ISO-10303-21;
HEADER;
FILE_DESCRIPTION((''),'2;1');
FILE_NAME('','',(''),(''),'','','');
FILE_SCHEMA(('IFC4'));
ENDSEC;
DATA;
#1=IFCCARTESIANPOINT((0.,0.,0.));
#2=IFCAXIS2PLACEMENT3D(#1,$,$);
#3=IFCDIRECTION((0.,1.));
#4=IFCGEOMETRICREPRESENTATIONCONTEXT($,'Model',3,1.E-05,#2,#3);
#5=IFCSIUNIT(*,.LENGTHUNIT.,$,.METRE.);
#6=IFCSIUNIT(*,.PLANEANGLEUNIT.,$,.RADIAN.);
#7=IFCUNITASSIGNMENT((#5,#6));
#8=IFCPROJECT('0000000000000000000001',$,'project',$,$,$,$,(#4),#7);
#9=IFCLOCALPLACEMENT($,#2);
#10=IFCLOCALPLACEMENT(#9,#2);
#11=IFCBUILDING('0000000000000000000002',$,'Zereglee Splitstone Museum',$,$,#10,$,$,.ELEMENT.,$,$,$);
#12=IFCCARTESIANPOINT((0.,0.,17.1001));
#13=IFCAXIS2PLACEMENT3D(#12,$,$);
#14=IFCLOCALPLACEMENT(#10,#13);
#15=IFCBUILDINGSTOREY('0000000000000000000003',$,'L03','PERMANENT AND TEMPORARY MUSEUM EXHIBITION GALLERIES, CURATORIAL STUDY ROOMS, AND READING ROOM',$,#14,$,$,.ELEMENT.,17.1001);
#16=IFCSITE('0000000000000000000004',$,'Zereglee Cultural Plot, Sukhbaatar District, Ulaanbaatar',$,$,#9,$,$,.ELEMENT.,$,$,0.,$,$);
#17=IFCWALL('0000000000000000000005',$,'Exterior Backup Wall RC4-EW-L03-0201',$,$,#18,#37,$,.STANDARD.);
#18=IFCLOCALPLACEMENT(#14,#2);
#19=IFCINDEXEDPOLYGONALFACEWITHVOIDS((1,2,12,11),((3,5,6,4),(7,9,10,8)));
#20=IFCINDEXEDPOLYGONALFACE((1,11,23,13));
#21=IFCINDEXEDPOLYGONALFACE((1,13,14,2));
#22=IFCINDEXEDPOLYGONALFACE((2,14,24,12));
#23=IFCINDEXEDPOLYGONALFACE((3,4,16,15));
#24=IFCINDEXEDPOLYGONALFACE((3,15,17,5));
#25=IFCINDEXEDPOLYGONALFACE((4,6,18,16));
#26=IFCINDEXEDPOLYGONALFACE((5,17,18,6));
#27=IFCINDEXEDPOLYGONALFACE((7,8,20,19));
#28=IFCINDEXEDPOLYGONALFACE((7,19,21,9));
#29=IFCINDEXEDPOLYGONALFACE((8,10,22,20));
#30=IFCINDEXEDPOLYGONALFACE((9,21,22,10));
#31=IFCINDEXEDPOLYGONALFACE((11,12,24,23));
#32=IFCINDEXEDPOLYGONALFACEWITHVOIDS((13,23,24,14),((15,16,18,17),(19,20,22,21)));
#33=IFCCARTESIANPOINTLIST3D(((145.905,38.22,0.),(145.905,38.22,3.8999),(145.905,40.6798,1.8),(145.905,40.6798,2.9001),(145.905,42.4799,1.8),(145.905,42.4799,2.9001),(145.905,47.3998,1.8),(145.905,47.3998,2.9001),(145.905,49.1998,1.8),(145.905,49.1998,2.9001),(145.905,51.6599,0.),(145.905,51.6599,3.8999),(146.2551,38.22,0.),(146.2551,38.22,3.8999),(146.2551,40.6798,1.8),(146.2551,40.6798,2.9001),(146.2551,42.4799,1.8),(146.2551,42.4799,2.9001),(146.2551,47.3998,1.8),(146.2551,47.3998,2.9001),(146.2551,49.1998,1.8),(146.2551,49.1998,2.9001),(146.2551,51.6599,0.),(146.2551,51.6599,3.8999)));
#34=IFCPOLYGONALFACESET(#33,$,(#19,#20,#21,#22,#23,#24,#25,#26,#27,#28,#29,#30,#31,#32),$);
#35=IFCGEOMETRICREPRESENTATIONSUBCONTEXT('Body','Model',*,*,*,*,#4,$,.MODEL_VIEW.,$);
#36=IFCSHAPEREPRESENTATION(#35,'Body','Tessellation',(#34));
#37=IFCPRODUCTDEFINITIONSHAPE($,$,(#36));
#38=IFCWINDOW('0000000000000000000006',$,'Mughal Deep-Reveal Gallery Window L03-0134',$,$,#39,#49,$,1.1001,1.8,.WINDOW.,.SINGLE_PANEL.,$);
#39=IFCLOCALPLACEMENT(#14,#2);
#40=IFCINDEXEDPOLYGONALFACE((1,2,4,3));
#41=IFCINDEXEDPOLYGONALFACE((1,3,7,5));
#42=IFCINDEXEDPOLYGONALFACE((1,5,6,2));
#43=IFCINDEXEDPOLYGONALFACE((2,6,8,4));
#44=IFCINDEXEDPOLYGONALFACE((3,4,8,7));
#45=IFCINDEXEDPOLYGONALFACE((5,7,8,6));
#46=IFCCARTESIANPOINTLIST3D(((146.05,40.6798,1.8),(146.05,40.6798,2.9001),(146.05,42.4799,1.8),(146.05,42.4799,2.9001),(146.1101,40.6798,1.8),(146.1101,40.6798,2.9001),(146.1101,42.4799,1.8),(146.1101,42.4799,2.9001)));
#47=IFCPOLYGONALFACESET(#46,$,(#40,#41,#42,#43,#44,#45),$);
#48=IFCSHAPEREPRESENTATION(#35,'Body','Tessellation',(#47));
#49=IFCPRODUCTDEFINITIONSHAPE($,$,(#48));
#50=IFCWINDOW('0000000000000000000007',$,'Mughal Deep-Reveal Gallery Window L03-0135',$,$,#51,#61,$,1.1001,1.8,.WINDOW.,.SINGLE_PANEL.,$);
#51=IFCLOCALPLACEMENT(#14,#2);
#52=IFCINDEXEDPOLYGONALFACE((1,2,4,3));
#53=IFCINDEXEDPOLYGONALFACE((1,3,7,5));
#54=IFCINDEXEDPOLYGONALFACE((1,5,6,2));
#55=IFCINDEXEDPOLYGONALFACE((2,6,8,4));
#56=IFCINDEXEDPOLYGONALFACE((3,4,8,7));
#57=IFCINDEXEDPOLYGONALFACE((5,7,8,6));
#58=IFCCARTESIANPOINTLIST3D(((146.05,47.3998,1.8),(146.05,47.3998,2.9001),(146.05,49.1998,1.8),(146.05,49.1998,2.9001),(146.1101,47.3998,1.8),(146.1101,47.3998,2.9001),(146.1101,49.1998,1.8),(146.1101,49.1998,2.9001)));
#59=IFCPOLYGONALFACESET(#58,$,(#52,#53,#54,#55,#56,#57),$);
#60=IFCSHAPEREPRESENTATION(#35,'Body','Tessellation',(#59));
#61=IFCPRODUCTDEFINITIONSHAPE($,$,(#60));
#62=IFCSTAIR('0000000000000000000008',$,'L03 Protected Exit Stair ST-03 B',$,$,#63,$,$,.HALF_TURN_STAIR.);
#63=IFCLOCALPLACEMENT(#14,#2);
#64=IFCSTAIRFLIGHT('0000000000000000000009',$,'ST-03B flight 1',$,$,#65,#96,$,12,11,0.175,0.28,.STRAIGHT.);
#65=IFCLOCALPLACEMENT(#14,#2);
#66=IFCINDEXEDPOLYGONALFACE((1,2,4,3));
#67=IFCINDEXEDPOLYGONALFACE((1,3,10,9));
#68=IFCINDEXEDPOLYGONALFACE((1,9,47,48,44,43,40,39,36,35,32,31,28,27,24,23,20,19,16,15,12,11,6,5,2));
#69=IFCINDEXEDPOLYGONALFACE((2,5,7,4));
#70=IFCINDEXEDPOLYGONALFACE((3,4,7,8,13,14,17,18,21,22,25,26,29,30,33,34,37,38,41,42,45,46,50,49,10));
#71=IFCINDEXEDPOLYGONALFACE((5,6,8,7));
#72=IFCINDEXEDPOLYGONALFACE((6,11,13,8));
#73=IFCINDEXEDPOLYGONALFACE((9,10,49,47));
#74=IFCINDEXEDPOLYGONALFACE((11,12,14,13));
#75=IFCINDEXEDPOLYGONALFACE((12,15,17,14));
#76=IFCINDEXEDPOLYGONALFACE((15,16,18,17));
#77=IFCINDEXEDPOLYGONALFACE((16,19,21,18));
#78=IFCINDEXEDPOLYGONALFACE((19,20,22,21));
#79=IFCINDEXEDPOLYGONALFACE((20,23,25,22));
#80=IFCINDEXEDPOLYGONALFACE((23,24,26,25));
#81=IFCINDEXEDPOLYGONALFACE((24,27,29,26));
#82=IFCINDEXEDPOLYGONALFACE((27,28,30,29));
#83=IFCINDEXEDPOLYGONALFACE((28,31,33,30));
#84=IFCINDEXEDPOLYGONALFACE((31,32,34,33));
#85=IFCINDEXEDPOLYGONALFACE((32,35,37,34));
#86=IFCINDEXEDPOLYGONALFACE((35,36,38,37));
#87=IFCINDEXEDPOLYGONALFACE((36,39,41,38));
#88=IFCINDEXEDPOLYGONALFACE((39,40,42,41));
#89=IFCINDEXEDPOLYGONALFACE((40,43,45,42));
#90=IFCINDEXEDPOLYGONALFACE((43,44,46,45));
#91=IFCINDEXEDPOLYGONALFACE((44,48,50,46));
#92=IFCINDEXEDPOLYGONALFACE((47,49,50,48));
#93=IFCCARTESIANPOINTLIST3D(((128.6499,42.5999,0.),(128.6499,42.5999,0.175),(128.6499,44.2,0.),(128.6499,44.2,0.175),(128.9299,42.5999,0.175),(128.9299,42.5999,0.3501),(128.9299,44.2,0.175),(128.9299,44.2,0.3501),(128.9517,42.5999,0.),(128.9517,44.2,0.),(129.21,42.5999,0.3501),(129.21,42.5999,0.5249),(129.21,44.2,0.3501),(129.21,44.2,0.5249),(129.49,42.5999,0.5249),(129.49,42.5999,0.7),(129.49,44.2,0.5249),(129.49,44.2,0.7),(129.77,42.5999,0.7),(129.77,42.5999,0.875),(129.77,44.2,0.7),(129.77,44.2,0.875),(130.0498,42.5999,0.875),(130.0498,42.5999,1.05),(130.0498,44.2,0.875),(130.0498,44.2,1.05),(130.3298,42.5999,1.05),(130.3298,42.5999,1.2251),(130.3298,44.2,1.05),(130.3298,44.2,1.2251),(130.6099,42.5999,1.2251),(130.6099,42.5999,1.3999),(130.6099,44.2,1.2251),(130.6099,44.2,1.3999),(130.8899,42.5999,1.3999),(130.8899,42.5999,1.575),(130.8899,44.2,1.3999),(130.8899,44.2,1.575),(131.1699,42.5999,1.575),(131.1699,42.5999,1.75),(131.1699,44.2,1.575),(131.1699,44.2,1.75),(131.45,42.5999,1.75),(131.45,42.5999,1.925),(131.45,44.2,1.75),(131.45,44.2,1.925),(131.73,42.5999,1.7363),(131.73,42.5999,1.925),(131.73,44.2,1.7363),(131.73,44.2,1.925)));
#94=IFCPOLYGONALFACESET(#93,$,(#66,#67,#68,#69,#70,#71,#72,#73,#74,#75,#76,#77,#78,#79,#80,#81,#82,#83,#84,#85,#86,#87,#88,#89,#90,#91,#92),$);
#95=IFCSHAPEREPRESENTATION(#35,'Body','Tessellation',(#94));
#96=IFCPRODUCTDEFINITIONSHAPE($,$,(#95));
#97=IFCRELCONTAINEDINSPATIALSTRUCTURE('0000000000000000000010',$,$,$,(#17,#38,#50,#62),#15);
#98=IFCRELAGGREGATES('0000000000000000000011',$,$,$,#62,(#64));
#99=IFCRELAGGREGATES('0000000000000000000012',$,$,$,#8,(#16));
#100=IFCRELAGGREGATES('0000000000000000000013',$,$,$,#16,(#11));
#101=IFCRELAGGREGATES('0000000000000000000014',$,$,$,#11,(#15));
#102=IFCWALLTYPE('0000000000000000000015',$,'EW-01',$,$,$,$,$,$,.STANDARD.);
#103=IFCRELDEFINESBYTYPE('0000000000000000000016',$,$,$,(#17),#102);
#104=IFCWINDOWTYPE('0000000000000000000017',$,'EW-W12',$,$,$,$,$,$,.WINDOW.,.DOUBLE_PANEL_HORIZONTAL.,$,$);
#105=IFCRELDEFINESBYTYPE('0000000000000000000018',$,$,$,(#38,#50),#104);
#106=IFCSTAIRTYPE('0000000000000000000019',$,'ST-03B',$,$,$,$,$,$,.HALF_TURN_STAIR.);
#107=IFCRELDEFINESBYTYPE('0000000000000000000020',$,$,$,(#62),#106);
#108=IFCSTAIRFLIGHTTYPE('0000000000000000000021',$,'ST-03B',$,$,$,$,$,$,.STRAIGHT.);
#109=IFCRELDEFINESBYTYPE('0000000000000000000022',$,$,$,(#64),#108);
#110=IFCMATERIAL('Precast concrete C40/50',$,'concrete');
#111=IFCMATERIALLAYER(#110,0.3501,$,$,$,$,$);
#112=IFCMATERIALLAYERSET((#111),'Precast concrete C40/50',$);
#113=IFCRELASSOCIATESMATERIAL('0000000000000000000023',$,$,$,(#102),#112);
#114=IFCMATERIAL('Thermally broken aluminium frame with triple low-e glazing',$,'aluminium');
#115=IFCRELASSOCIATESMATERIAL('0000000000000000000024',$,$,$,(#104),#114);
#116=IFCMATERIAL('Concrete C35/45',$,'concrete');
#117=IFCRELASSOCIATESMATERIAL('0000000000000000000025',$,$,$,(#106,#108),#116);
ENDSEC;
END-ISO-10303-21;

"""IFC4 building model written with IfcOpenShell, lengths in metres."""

from ifc_helpers import new_model, si_unit, direction, frame, frame_2d, origin, place, context, subcontext, project, spatial, polyline, rectangle, outline, extrude, material, layer, layer_set, type_object, element, fill, aggregate, save


model = new_model("IFC4")

# Units and contexts
model_context = context("Model", 3, precision=1e-05, world=origin(), true_north=direction((0.0, 1.0)))
body_context = subcontext(model_context, "Body", "Model", "MODEL_VIEW")
ifc_project = project(units=[si_unit("LENGTHUNIT", "METRE"), si_unit("PLANEANGLEUNIT", "RADIAN")], contexts=[model_context])

# Site, building, storey
site_placement = place(None, origin())
site = spatial("IfcSite", under=ifc_project, at=site_placement, Name="Zereglee Cultural Plot, Sukhbaatar District, Ulaanbaatar", CompositionType="ELEMENT", RefElevation=0.0)
building_placement = place(site_placement, origin())
building = spatial("IfcBuilding", under=site, at=building_placement, Name="Zereglee Splitstone Museum", CompositionType="ELEMENT")
storey_placement = place(building_placement, frame((0.0, 0.0, 17.1001)))
storey = spatial("IfcBuildingStorey", under=building, at=storey_placement, Name="L03", Description="PERMANENT AND TEMPORARY MUSEUM EXHIBITION GALLERIES, CURATORIAL STUDY ROOMS, AND READING ROOM", CompositionType="ELEMENT", Elevation=17.1001)

# Wall, openings, windows
ifc_material_1 = material(Name="Precast concrete C40/50", Category="concrete")
ifc_layer_1 = layer(ifc_material_1, 0.3501)
ifc_layer_set_1 = layer_set([ifc_layer_1], Name="Precast concrete C40/50")
wall_type_1 = type_object("IfcWallType", Name="EW-01", PredefinedType="STANDARD", material=ifc_layer_set_1)
wall_1_placement = place(storey_placement, frame((146.0801, 38.22, 0.0), z_axis=(0.0, 0.0, 1.0), x_axis=(0.0, 1.0, 0.0)))
wall_1 = element("IfcWall", 1, at=wall_1_placement, inside=storey, type_object=wall_type_1, Name="Exterior Backup Wall RC4-EW-L03-0201", PredefinedType="STANDARD", context=body_context, shape_type="SweptSolid", body=[
    extrude(rectangle(XDim=13.4399, YDim=0.3501, at=frame_2d((6.72, 0.0))), origin(), (0.0, 0.0, 1.0), 3.8999),
])
opening_1_placement = place(wall_1_placement, frame((2.46, 0.0, 1.8)))
opening_1 = element("IfcOpeningElement", 2, at=opening_1_placement, cuts=wall_1, PredefinedType="OPENING", context=body_context, shape_type="SweptSolid", body=[
    extrude(rectangle(XDim=1.8, YDim=1.1001, at=frame_2d((0.8999, 0.55))), frame((0.0, 0.1899, 0.0), z_axis=(0.0, -1.0, 0.0), x_axis=(1.0, 0.0, 0.0)), (0.0, 0.0, 1.0), 0.3799),
])
opening_2_placement = place(wall_1_placement, frame((9.1799, 0.0, 1.8)))
opening_2 = element("IfcOpeningElement", 3, at=opening_2_placement, cuts=wall_1, PredefinedType="OPENING", context=body_context, shape_type="SweptSolid", body=[
    extrude(rectangle(XDim=1.8, YDim=1.1001, at=frame_2d((0.8999, 0.55))), frame((0.0, 0.1899, 0.0), z_axis=(0.0, -1.0, 0.0), x_axis=(1.0, 0.0, 0.0)), (0.0, 0.0, 1.0), 0.3799),
])
ifc_material_2 = material(Name="Thermally broken aluminium frame with triple low-e glazing", Category="aluminium")
window_type = type_object("IfcWindowType", Name="EW-W12", PartitioningType="DOUBLE_PANEL_HORIZONTAL", PredefinedType="WINDOW", material=ifc_material_2)
window_1_placement = place(opening_1_placement, origin())
window_1 = element("IfcWindow", 4, at=window_1_placement, inside=storey, type_object=window_type, Name="Mughal Deep-Reveal Gallery Window L03-0134", OverallHeight=1.1001, OverallWidth=1.8, PartitioningType="SINGLE_PANEL", PredefinedType="WINDOW", context=body_context, shape_type="SweptSolid", body=[
    extrude(rectangle(XDim=1.8, YDim=1.1001, at=frame_2d((0.8999, 0.55))), frame((0.0, 0.03, 0.0), z_axis=(0.0, -1.0, 0.0), x_axis=(1.0, 0.0, 0.0)), (0.0, 0.0, 1.0), 0.0601),
])
fill(opening_1, window_1)
window_2_placement = place(opening_2_placement, origin())
window_2 = element("IfcWindow", 5, at=window_2_placement, inside=storey, type_object=window_type, Name="Mughal Deep-Reveal Gallery Window L03-0135", OverallHeight=1.1001, OverallWidth=1.8, PartitioningType="SINGLE_PANEL", PredefinedType="WINDOW", context=body_context, shape_type="SweptSolid", body=[
    extrude(rectangle(XDim=1.8, YDim=1.1001, at=frame_2d((0.8999, 0.55))), frame((0.0, 0.03, 0.0), z_axis=(0.0, -1.0, 0.0), x_axis=(1.0, 0.0, 0.0)), (0.0, 0.0, 1.0), 0.0601),
])
fill(opening_2, window_2)

# Stair, stair flight
ifc_material_3 = material(Name="Concrete C35/45", Category="concrete")
stair_type = type_object("IfcStairType", Name="ST-03B", PredefinedType="HALF_TURN_STAIR", material=ifc_material_3)
stair_placement = place(storey_placement, origin())
stair = element("IfcStair", 6, at=stair_placement, inside=storey, type_object=stair_type, Name="L03 Protected Exit Stair ST-03 B", PredefinedType="HALF_TURN_STAIR")
stair_flight_type = type_object("IfcStairFlightType", Name="ST-03B", PredefinedType="STRAIGHT", material=ifc_material_3)
stair_flight_placement = place(storey_placement, frame((128.6499, 43.3999, 0.0), z_axis=(0.0, 0.0, 1.0), x_axis=(1.0, 0.0, 0.0)))
stair_flight = element("IfcStairFlight", 7, at=stair_flight_placement, type_object=stair_flight_type, Name="ST-03B flight 1", NumberOfRisers=12, NumberOfTreads=11, PredefinedType="STRAIGHT", RiserHeight=0.175, TreadLength=0.28, context=body_context, shape_type="SweptSolid", body=[
    extrude(outline(polyline([(0.0, 0.0), (0.0, 0.175), (0.28, 0.175), (0.28, 0.3501), (0.5601, 0.3501), (0.5601, 0.5249), (0.8401, 0.5249), (0.8401, 0.7), (1.1201, 0.7), (1.1201, 0.875), (1.3999, 0.875), (1.3999, 1.05), (1.6799, 1.05), (1.6799, 1.2251), (1.96, 1.2251), (1.96, 1.3999), (2.24, 1.3999), (2.24, 1.575), (2.52, 1.575), (2.52, 1.75), (2.8, 1.75), (2.8, 1.925), (3.0801, 1.925), (3.0801, 2.1001), (3.0801, 1.7363), (0.3018, 0.0), (0.0, 0.0)])), frame((0.0, 0.8, 0.0), z_axis=(0.0, -1.0, 0.0), x_axis=(1.0, 0.0, 0.0)), (0.0, 0.0, 1.0), 1.6001),
])
aggregate(stair, [stair_flight])

save(model, "model.ifc")
